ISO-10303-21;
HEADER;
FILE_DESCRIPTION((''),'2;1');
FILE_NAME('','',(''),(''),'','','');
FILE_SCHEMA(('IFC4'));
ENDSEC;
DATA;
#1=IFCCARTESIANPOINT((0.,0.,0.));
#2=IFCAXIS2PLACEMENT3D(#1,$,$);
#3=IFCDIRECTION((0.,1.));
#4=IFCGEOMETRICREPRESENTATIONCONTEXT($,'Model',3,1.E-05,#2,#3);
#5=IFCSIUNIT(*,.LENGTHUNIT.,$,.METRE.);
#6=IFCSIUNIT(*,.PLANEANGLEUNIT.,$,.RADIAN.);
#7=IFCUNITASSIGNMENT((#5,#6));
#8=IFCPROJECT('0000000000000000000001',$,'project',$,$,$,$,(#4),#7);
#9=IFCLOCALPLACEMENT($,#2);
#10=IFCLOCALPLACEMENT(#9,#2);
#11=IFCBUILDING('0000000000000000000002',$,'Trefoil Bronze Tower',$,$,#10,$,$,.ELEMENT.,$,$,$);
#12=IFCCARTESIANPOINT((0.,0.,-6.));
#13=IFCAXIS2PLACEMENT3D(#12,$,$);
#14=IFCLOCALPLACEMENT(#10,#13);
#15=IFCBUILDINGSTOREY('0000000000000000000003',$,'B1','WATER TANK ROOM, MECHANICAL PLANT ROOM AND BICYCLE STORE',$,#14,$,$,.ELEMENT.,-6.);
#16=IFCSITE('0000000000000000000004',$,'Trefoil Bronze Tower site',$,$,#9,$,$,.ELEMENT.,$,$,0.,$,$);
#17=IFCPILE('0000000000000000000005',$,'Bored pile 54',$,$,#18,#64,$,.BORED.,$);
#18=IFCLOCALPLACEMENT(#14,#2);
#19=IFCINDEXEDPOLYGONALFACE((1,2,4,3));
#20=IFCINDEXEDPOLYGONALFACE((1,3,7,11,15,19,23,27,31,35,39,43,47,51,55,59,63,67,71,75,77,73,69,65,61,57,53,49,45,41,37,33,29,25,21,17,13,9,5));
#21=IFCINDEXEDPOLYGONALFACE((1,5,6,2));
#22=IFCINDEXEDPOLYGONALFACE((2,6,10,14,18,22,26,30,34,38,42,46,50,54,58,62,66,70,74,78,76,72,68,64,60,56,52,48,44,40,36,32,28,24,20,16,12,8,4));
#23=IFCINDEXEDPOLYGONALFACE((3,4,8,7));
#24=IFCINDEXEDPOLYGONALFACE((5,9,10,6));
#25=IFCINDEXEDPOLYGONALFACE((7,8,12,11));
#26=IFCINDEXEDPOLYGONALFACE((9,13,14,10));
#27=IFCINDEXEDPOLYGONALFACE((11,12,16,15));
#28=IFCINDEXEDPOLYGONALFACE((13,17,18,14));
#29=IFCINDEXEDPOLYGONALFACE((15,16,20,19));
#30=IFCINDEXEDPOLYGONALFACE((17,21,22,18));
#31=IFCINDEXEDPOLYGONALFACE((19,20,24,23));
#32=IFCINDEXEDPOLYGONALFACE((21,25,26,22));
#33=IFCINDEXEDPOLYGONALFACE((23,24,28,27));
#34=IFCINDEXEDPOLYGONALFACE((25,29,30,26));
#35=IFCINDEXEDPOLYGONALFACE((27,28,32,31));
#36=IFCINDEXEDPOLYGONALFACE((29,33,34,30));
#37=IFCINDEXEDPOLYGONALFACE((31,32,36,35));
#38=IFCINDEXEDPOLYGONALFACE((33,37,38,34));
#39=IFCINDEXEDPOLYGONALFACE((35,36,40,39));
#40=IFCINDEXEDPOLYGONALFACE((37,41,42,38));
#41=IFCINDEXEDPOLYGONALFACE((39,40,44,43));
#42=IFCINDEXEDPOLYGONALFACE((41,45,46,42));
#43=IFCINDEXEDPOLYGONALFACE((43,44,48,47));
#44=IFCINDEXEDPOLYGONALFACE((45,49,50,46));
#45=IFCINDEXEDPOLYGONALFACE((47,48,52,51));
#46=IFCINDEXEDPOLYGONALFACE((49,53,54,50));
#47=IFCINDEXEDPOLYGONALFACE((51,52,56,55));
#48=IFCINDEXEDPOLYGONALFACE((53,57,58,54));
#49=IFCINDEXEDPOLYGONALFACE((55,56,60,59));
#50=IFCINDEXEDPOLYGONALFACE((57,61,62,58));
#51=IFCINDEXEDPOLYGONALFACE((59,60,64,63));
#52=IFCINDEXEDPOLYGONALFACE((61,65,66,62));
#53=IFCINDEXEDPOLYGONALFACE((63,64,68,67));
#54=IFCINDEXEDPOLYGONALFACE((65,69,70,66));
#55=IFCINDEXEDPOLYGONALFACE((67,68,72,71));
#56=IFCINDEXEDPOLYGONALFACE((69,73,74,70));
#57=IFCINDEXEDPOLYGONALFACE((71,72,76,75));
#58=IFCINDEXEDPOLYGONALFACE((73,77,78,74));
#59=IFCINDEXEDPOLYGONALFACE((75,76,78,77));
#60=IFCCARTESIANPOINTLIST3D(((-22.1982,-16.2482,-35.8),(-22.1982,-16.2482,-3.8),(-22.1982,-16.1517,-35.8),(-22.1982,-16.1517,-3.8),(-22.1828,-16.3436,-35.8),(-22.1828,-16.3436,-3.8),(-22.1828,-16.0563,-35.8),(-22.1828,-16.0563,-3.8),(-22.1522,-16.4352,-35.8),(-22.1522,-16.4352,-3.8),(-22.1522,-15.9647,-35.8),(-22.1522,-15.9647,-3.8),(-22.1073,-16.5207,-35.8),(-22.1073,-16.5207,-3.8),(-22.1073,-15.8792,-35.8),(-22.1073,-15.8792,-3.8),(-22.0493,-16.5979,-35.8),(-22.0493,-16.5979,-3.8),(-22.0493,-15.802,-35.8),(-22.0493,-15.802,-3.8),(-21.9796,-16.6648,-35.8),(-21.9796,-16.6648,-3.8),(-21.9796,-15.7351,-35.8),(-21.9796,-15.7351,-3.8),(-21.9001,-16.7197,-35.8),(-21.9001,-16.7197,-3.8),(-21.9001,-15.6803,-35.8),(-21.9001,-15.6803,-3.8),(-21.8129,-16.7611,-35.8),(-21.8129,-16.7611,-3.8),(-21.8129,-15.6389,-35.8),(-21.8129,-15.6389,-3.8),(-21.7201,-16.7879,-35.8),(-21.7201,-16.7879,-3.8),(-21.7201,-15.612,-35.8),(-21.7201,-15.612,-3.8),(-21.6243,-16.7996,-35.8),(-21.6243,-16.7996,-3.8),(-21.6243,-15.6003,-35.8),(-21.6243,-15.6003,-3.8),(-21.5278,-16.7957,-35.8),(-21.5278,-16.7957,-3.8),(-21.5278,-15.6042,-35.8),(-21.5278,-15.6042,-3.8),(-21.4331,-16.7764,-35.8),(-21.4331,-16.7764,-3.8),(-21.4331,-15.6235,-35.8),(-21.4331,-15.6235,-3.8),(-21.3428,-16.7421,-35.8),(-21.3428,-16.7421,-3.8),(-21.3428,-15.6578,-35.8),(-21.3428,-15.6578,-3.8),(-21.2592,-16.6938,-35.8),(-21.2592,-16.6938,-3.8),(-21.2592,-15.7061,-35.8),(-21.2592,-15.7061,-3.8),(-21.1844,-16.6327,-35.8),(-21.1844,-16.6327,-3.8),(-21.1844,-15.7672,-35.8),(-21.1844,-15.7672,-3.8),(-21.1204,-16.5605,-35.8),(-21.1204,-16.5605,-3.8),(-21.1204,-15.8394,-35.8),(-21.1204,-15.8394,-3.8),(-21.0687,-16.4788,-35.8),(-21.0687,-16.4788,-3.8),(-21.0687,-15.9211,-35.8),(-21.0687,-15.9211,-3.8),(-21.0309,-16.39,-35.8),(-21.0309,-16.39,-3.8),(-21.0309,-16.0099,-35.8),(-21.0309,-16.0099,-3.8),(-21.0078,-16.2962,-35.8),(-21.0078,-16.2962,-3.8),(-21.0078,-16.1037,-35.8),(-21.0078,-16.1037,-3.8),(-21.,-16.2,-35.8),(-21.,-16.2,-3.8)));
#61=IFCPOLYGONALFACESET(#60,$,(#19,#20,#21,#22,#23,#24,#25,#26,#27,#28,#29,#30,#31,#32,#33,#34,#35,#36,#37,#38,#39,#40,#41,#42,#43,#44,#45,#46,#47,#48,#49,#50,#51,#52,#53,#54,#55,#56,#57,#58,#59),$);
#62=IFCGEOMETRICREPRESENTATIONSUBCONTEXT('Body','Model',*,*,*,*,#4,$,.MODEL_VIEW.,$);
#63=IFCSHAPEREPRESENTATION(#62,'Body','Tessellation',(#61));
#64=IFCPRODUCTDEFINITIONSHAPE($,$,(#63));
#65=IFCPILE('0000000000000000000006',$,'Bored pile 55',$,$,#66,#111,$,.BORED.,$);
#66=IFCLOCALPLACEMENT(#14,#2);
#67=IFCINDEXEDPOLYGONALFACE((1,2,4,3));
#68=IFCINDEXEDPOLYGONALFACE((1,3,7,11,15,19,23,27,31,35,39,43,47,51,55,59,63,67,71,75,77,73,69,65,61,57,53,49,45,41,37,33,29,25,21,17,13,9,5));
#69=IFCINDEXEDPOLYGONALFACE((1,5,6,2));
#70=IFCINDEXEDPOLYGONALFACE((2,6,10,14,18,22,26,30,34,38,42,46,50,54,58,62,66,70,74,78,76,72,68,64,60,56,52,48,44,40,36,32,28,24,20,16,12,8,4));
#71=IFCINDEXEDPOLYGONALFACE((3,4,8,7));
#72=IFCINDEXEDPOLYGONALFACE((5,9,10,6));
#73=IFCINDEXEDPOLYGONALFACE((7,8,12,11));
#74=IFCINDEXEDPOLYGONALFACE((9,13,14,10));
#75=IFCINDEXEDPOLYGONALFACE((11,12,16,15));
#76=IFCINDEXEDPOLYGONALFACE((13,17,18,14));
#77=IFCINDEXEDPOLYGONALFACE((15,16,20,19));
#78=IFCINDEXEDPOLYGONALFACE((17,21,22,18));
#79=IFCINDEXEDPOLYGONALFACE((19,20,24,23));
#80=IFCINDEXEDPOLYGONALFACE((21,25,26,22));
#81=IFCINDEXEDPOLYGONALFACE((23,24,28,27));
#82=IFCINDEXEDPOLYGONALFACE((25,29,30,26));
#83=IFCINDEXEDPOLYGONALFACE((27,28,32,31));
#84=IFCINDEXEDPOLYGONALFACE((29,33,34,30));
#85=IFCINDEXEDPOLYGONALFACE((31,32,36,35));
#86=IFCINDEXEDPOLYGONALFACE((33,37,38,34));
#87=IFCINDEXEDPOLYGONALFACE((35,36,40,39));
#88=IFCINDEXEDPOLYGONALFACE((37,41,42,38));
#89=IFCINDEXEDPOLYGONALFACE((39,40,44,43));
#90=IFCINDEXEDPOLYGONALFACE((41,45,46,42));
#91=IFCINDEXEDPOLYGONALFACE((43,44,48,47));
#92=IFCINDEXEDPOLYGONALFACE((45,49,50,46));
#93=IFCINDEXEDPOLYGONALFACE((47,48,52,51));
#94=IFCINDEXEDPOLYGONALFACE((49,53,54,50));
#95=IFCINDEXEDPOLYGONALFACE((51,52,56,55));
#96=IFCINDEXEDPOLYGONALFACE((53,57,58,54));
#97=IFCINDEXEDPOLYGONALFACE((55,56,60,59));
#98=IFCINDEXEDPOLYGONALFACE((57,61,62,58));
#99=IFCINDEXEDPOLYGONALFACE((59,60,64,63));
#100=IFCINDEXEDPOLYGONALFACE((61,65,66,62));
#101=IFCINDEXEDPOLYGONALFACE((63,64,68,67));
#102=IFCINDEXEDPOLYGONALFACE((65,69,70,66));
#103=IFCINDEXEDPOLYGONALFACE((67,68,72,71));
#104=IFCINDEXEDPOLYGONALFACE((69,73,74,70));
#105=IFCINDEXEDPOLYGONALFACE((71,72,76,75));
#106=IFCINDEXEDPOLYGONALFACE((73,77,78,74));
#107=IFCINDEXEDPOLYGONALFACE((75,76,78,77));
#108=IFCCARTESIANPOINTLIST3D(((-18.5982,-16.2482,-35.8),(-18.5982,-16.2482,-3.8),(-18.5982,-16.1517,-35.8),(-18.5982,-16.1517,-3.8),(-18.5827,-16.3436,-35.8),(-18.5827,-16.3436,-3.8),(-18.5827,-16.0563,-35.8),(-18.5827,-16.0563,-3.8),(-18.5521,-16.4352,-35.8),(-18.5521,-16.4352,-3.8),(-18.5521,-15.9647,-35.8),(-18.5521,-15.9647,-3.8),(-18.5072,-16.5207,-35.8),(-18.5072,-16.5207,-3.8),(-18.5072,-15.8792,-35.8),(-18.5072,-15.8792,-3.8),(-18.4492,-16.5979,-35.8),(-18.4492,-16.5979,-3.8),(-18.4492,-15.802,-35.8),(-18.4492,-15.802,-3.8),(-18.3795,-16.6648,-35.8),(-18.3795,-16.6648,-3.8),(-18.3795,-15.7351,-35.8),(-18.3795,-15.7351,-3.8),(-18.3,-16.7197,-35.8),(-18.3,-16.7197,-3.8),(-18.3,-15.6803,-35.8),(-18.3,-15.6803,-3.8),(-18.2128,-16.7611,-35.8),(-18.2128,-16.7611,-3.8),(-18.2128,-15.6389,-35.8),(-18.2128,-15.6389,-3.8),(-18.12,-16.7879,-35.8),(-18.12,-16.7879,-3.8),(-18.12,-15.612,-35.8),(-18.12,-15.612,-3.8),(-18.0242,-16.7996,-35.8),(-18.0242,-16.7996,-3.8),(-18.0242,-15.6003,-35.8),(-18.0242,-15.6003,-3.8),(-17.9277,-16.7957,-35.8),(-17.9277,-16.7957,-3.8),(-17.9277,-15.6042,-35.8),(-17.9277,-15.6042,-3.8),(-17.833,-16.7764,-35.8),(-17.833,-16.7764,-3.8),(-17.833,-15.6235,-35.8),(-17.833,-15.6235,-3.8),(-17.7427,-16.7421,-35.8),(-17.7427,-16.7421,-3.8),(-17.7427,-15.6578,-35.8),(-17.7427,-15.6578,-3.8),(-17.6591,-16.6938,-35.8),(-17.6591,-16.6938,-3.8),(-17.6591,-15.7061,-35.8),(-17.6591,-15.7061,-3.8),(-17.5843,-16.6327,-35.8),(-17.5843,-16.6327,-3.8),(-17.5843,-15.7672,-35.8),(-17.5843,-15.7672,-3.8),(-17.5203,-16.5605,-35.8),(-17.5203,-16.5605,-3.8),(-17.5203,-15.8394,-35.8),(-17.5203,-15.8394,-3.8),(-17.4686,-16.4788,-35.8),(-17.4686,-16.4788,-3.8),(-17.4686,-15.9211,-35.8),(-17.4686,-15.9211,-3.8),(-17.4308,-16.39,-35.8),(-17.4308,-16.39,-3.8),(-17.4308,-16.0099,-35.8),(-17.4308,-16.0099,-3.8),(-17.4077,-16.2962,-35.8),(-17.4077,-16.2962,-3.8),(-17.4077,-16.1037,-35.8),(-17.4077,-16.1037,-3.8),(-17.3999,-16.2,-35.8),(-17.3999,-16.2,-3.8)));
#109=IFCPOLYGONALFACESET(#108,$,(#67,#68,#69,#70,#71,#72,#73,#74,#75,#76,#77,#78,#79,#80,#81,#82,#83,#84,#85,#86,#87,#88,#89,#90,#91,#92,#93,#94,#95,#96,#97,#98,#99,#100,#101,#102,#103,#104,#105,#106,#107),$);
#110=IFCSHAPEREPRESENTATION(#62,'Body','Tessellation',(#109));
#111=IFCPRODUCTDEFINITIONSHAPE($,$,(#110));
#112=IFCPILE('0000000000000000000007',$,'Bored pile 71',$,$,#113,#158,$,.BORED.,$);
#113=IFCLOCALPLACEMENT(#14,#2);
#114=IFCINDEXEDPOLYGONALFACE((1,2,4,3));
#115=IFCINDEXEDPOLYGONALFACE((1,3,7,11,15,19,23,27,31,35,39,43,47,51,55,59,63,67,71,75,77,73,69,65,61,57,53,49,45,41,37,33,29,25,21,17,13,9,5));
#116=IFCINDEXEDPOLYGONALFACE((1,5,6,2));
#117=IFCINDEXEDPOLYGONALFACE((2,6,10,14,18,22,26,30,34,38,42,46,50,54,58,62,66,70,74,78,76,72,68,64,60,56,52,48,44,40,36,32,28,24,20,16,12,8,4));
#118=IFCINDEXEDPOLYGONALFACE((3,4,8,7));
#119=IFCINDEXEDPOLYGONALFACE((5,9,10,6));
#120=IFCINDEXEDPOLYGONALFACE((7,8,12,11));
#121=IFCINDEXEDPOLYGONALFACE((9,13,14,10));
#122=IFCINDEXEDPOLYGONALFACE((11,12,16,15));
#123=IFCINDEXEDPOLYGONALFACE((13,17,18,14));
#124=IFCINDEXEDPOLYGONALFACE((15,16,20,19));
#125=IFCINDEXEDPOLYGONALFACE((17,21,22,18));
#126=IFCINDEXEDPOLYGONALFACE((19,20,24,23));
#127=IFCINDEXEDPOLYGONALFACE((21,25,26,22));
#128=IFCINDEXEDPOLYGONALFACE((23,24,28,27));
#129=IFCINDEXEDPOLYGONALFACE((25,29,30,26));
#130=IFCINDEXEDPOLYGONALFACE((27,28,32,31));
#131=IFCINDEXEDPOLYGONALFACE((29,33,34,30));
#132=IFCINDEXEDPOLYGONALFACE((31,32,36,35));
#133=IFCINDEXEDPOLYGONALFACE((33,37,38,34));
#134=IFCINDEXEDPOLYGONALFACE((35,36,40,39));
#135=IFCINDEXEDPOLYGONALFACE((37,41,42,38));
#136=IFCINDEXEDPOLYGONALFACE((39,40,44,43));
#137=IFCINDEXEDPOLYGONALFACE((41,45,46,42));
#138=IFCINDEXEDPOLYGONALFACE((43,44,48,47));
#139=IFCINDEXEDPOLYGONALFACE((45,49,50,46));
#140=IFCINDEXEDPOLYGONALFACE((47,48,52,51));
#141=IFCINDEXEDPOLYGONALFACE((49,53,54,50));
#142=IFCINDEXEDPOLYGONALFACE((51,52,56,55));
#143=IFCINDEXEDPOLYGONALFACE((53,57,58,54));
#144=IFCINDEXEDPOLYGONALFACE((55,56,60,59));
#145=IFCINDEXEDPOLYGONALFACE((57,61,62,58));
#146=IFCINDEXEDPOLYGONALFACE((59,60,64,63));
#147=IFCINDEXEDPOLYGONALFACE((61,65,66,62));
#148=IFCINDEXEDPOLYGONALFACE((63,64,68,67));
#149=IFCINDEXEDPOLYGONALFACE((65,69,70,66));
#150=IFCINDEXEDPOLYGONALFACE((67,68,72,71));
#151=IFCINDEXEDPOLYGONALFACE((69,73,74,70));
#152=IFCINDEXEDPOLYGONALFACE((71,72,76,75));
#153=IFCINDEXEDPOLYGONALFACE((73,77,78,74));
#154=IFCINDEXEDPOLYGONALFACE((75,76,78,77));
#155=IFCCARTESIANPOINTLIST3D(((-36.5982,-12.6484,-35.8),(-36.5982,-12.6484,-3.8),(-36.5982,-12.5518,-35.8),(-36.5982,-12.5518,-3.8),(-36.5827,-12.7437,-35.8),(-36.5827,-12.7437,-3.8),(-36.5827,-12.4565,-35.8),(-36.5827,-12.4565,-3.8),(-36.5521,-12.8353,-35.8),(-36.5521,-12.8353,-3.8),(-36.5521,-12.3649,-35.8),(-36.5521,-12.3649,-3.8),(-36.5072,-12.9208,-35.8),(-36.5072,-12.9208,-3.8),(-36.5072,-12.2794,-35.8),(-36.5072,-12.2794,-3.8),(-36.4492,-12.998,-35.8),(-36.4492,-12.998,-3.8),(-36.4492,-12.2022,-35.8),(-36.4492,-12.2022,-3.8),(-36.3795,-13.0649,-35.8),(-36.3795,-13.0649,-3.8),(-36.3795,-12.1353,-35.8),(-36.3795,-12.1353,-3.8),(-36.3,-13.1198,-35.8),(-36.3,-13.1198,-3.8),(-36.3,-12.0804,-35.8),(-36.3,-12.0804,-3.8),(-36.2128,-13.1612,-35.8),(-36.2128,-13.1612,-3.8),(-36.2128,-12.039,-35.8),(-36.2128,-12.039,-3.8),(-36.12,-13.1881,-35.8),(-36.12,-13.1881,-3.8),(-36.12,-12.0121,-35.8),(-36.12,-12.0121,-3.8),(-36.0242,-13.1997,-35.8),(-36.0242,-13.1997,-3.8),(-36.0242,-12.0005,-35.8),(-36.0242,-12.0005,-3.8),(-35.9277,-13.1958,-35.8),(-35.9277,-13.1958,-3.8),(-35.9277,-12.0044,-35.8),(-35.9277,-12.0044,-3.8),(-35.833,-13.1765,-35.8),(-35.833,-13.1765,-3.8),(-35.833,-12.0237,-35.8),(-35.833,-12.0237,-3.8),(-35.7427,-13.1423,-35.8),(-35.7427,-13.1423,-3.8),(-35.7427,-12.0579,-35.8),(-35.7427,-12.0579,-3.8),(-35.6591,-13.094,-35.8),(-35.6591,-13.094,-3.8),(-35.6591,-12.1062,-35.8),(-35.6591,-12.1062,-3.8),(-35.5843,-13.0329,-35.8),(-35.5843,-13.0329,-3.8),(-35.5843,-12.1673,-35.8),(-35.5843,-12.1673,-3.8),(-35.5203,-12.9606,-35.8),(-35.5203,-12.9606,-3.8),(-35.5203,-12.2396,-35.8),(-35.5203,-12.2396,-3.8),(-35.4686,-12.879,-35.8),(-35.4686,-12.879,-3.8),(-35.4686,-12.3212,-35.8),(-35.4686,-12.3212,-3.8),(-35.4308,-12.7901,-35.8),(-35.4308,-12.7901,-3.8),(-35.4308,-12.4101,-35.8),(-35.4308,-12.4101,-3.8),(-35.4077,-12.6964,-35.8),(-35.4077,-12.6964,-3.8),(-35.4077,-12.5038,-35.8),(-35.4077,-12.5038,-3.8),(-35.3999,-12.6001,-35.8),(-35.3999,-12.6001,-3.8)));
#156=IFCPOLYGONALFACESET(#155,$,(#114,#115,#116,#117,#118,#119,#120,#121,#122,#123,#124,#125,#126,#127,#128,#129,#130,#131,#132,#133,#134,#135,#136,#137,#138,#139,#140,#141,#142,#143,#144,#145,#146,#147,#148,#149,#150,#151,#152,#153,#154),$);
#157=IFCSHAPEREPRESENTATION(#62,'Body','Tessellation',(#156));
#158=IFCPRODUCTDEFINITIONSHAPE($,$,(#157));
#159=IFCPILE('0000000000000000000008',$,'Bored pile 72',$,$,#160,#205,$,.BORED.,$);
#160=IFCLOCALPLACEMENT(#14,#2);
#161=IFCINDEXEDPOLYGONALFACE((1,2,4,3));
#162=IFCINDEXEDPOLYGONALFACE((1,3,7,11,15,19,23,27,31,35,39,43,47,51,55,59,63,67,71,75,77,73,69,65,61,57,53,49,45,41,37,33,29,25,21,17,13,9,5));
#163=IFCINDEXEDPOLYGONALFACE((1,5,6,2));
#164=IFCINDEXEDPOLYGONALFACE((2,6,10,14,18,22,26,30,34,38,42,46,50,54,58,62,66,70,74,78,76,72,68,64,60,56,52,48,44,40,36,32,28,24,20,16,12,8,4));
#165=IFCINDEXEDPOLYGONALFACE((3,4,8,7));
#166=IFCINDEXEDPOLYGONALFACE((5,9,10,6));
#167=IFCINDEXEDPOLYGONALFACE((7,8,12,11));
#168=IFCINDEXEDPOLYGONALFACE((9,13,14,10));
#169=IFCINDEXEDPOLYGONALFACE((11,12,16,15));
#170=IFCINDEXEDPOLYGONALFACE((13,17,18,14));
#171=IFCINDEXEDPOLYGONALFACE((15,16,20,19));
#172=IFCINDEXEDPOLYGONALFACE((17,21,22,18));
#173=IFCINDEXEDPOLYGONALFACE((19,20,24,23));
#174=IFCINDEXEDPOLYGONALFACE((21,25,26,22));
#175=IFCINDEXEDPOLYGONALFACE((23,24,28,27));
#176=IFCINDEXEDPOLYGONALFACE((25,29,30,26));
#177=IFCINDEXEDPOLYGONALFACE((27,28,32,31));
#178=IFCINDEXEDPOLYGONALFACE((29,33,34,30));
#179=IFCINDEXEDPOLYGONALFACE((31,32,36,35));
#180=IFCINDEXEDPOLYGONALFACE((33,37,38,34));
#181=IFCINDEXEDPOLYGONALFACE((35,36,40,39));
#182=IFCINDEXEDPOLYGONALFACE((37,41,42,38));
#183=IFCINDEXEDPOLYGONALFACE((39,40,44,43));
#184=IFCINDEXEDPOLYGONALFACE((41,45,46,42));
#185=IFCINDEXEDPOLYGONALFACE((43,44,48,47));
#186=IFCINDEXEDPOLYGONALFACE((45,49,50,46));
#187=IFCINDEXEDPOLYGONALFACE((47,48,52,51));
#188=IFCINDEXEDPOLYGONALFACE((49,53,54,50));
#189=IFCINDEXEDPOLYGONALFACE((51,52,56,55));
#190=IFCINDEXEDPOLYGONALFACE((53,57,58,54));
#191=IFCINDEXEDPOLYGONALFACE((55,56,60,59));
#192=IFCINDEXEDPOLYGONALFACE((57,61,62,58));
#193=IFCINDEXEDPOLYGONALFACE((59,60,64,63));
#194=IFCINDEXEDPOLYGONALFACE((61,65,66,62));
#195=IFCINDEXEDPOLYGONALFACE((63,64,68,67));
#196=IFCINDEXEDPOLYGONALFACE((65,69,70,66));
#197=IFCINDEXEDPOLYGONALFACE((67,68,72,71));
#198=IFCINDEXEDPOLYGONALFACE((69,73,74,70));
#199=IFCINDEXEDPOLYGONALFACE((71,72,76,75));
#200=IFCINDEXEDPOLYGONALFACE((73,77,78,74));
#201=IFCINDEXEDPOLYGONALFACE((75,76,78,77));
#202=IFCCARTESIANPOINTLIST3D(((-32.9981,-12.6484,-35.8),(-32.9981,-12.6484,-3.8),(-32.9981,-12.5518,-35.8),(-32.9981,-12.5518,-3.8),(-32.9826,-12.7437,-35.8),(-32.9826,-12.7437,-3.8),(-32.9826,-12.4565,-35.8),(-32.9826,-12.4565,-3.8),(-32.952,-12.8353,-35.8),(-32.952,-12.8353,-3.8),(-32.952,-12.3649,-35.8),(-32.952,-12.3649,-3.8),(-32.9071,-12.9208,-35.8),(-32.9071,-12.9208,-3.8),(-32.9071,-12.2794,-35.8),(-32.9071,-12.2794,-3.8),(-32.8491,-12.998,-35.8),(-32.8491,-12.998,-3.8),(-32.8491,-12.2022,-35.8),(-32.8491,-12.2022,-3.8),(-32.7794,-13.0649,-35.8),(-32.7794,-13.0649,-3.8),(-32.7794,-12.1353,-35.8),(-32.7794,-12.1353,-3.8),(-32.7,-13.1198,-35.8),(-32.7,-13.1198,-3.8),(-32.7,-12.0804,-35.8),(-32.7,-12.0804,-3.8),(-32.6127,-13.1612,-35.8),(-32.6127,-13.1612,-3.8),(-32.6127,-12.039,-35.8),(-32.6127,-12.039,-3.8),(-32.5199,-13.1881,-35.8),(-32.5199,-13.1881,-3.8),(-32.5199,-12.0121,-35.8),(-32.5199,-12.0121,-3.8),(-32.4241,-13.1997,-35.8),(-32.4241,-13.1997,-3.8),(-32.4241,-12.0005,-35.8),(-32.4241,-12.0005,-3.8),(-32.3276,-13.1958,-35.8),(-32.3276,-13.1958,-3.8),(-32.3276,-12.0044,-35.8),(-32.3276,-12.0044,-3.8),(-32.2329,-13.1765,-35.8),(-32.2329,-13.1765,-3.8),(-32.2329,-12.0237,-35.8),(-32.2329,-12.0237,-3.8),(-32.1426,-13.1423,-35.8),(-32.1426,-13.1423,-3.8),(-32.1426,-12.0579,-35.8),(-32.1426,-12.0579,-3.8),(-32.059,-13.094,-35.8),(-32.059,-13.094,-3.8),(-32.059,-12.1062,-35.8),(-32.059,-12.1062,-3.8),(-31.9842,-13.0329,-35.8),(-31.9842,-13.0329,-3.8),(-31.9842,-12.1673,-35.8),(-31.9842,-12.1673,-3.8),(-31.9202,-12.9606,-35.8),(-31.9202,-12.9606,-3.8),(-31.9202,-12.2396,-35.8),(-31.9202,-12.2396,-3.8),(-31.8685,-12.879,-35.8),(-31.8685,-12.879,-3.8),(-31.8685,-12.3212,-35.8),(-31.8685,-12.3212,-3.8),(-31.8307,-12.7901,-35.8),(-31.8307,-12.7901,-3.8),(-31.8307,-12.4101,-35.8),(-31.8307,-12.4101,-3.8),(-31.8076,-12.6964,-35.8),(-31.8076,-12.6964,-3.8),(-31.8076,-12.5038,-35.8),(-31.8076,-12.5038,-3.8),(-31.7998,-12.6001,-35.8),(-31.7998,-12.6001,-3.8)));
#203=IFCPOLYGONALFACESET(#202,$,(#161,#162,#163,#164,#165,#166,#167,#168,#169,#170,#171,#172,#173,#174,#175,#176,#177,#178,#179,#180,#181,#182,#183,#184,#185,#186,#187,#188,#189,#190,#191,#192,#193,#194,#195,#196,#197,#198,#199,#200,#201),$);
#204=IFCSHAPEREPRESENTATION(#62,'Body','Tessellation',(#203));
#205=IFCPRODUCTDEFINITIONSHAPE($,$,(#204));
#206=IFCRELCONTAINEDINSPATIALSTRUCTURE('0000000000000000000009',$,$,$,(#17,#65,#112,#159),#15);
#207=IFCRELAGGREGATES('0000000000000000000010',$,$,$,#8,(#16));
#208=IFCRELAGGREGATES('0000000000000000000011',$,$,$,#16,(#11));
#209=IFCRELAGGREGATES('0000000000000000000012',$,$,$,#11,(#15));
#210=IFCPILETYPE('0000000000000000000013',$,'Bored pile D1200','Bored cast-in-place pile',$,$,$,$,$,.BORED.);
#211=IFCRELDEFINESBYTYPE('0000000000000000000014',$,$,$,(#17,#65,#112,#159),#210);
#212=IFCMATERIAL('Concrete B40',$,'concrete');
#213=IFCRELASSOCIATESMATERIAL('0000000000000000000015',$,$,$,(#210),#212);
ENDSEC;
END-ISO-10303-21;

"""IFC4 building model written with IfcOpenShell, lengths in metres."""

from ifc_helpers import new_model, si_unit, direction, frame, origin, origin_2d, place, context, subcontext, project, spatial, circle, extrude, material, type_object, element, save


model = new_model("IFC4")

# Units and contexts
model_context = context("Model", 3, precision=1e-05, world=origin(), true_north=direction((0.0, 1.0)))
body_context = subcontext(model_context, "Body", "Model", "MODEL_VIEW")
ifc_project = project(units=[si_unit("LENGTHUNIT", "METRE"), si_unit("PLANEANGLEUNIT", "RADIAN")], contexts=[model_context])

# Site, building, storey
site_placement = place(None, origin())
site = spatial("IfcSite", under=ifc_project, at=site_placement, Name="Trefoil Bronze Tower site", CompositionType="ELEMENT", RefElevation=0.0)
building_placement = place(site_placement, origin())
building = spatial("IfcBuilding", under=site, at=building_placement, Name="Trefoil Bronze Tower", CompositionType="ELEMENT")
storey_placement = place(building_placement, frame((0.0, 0.0, -6.0)))
storey = spatial("IfcBuildingStorey", under=building, at=storey_placement, Name="B1", Description="WATER TANK ROOM, MECHANICAL PLANT ROOM AND BICYCLE STORE", CompositionType="ELEMENT", Elevation=-6.0)

# Piles
ifc_material_1 = material(Name="Concrete B40", Category="concrete")
pile_type = type_object("IfcPileType", Name="Bored pile D1200", Description="Bored cast-in-place pile", PredefinedType="BORED", material=ifc_material_1)
for number, where, z_axis, x_axis, name in (
    (1, (-21.6001, -16.2, -3.8), (0.0, 0.0, -1.0), (1.0, 0.0, 0.0), "Bored pile 54"),
    (2, (-18.0, -16.2, -3.8), (0.0, 0.0, -1.0), (1.0, 0.0, 0.0), "Bored pile 55"),
    (3, (-36.0, -12.6001, -3.8), (0.0, 0.0, -1.0), (1.0, 0.0, 0.0), "Bored pile 71"),
    (4, (-32.3999, -12.6001, -3.8), (0.0, 0.0, -1.0), (1.0, 0.0, 0.0), "Bored pile 72"),
):
    element("IfcPile", number, at=place(storey_placement, frame(where, z_axis=z_axis, x_axis=x_axis)), inside=storey, type_object=pile_type, Name=name, PredefinedType="BORED", context=body_context, shape_type="SweptSolid", body=[
        extrude(circle(Radius=0.6001, at=origin_2d()), origin(), (0.0, 0.0, 1.0), 32.0),
    ])

save(model, "model.ifc")
